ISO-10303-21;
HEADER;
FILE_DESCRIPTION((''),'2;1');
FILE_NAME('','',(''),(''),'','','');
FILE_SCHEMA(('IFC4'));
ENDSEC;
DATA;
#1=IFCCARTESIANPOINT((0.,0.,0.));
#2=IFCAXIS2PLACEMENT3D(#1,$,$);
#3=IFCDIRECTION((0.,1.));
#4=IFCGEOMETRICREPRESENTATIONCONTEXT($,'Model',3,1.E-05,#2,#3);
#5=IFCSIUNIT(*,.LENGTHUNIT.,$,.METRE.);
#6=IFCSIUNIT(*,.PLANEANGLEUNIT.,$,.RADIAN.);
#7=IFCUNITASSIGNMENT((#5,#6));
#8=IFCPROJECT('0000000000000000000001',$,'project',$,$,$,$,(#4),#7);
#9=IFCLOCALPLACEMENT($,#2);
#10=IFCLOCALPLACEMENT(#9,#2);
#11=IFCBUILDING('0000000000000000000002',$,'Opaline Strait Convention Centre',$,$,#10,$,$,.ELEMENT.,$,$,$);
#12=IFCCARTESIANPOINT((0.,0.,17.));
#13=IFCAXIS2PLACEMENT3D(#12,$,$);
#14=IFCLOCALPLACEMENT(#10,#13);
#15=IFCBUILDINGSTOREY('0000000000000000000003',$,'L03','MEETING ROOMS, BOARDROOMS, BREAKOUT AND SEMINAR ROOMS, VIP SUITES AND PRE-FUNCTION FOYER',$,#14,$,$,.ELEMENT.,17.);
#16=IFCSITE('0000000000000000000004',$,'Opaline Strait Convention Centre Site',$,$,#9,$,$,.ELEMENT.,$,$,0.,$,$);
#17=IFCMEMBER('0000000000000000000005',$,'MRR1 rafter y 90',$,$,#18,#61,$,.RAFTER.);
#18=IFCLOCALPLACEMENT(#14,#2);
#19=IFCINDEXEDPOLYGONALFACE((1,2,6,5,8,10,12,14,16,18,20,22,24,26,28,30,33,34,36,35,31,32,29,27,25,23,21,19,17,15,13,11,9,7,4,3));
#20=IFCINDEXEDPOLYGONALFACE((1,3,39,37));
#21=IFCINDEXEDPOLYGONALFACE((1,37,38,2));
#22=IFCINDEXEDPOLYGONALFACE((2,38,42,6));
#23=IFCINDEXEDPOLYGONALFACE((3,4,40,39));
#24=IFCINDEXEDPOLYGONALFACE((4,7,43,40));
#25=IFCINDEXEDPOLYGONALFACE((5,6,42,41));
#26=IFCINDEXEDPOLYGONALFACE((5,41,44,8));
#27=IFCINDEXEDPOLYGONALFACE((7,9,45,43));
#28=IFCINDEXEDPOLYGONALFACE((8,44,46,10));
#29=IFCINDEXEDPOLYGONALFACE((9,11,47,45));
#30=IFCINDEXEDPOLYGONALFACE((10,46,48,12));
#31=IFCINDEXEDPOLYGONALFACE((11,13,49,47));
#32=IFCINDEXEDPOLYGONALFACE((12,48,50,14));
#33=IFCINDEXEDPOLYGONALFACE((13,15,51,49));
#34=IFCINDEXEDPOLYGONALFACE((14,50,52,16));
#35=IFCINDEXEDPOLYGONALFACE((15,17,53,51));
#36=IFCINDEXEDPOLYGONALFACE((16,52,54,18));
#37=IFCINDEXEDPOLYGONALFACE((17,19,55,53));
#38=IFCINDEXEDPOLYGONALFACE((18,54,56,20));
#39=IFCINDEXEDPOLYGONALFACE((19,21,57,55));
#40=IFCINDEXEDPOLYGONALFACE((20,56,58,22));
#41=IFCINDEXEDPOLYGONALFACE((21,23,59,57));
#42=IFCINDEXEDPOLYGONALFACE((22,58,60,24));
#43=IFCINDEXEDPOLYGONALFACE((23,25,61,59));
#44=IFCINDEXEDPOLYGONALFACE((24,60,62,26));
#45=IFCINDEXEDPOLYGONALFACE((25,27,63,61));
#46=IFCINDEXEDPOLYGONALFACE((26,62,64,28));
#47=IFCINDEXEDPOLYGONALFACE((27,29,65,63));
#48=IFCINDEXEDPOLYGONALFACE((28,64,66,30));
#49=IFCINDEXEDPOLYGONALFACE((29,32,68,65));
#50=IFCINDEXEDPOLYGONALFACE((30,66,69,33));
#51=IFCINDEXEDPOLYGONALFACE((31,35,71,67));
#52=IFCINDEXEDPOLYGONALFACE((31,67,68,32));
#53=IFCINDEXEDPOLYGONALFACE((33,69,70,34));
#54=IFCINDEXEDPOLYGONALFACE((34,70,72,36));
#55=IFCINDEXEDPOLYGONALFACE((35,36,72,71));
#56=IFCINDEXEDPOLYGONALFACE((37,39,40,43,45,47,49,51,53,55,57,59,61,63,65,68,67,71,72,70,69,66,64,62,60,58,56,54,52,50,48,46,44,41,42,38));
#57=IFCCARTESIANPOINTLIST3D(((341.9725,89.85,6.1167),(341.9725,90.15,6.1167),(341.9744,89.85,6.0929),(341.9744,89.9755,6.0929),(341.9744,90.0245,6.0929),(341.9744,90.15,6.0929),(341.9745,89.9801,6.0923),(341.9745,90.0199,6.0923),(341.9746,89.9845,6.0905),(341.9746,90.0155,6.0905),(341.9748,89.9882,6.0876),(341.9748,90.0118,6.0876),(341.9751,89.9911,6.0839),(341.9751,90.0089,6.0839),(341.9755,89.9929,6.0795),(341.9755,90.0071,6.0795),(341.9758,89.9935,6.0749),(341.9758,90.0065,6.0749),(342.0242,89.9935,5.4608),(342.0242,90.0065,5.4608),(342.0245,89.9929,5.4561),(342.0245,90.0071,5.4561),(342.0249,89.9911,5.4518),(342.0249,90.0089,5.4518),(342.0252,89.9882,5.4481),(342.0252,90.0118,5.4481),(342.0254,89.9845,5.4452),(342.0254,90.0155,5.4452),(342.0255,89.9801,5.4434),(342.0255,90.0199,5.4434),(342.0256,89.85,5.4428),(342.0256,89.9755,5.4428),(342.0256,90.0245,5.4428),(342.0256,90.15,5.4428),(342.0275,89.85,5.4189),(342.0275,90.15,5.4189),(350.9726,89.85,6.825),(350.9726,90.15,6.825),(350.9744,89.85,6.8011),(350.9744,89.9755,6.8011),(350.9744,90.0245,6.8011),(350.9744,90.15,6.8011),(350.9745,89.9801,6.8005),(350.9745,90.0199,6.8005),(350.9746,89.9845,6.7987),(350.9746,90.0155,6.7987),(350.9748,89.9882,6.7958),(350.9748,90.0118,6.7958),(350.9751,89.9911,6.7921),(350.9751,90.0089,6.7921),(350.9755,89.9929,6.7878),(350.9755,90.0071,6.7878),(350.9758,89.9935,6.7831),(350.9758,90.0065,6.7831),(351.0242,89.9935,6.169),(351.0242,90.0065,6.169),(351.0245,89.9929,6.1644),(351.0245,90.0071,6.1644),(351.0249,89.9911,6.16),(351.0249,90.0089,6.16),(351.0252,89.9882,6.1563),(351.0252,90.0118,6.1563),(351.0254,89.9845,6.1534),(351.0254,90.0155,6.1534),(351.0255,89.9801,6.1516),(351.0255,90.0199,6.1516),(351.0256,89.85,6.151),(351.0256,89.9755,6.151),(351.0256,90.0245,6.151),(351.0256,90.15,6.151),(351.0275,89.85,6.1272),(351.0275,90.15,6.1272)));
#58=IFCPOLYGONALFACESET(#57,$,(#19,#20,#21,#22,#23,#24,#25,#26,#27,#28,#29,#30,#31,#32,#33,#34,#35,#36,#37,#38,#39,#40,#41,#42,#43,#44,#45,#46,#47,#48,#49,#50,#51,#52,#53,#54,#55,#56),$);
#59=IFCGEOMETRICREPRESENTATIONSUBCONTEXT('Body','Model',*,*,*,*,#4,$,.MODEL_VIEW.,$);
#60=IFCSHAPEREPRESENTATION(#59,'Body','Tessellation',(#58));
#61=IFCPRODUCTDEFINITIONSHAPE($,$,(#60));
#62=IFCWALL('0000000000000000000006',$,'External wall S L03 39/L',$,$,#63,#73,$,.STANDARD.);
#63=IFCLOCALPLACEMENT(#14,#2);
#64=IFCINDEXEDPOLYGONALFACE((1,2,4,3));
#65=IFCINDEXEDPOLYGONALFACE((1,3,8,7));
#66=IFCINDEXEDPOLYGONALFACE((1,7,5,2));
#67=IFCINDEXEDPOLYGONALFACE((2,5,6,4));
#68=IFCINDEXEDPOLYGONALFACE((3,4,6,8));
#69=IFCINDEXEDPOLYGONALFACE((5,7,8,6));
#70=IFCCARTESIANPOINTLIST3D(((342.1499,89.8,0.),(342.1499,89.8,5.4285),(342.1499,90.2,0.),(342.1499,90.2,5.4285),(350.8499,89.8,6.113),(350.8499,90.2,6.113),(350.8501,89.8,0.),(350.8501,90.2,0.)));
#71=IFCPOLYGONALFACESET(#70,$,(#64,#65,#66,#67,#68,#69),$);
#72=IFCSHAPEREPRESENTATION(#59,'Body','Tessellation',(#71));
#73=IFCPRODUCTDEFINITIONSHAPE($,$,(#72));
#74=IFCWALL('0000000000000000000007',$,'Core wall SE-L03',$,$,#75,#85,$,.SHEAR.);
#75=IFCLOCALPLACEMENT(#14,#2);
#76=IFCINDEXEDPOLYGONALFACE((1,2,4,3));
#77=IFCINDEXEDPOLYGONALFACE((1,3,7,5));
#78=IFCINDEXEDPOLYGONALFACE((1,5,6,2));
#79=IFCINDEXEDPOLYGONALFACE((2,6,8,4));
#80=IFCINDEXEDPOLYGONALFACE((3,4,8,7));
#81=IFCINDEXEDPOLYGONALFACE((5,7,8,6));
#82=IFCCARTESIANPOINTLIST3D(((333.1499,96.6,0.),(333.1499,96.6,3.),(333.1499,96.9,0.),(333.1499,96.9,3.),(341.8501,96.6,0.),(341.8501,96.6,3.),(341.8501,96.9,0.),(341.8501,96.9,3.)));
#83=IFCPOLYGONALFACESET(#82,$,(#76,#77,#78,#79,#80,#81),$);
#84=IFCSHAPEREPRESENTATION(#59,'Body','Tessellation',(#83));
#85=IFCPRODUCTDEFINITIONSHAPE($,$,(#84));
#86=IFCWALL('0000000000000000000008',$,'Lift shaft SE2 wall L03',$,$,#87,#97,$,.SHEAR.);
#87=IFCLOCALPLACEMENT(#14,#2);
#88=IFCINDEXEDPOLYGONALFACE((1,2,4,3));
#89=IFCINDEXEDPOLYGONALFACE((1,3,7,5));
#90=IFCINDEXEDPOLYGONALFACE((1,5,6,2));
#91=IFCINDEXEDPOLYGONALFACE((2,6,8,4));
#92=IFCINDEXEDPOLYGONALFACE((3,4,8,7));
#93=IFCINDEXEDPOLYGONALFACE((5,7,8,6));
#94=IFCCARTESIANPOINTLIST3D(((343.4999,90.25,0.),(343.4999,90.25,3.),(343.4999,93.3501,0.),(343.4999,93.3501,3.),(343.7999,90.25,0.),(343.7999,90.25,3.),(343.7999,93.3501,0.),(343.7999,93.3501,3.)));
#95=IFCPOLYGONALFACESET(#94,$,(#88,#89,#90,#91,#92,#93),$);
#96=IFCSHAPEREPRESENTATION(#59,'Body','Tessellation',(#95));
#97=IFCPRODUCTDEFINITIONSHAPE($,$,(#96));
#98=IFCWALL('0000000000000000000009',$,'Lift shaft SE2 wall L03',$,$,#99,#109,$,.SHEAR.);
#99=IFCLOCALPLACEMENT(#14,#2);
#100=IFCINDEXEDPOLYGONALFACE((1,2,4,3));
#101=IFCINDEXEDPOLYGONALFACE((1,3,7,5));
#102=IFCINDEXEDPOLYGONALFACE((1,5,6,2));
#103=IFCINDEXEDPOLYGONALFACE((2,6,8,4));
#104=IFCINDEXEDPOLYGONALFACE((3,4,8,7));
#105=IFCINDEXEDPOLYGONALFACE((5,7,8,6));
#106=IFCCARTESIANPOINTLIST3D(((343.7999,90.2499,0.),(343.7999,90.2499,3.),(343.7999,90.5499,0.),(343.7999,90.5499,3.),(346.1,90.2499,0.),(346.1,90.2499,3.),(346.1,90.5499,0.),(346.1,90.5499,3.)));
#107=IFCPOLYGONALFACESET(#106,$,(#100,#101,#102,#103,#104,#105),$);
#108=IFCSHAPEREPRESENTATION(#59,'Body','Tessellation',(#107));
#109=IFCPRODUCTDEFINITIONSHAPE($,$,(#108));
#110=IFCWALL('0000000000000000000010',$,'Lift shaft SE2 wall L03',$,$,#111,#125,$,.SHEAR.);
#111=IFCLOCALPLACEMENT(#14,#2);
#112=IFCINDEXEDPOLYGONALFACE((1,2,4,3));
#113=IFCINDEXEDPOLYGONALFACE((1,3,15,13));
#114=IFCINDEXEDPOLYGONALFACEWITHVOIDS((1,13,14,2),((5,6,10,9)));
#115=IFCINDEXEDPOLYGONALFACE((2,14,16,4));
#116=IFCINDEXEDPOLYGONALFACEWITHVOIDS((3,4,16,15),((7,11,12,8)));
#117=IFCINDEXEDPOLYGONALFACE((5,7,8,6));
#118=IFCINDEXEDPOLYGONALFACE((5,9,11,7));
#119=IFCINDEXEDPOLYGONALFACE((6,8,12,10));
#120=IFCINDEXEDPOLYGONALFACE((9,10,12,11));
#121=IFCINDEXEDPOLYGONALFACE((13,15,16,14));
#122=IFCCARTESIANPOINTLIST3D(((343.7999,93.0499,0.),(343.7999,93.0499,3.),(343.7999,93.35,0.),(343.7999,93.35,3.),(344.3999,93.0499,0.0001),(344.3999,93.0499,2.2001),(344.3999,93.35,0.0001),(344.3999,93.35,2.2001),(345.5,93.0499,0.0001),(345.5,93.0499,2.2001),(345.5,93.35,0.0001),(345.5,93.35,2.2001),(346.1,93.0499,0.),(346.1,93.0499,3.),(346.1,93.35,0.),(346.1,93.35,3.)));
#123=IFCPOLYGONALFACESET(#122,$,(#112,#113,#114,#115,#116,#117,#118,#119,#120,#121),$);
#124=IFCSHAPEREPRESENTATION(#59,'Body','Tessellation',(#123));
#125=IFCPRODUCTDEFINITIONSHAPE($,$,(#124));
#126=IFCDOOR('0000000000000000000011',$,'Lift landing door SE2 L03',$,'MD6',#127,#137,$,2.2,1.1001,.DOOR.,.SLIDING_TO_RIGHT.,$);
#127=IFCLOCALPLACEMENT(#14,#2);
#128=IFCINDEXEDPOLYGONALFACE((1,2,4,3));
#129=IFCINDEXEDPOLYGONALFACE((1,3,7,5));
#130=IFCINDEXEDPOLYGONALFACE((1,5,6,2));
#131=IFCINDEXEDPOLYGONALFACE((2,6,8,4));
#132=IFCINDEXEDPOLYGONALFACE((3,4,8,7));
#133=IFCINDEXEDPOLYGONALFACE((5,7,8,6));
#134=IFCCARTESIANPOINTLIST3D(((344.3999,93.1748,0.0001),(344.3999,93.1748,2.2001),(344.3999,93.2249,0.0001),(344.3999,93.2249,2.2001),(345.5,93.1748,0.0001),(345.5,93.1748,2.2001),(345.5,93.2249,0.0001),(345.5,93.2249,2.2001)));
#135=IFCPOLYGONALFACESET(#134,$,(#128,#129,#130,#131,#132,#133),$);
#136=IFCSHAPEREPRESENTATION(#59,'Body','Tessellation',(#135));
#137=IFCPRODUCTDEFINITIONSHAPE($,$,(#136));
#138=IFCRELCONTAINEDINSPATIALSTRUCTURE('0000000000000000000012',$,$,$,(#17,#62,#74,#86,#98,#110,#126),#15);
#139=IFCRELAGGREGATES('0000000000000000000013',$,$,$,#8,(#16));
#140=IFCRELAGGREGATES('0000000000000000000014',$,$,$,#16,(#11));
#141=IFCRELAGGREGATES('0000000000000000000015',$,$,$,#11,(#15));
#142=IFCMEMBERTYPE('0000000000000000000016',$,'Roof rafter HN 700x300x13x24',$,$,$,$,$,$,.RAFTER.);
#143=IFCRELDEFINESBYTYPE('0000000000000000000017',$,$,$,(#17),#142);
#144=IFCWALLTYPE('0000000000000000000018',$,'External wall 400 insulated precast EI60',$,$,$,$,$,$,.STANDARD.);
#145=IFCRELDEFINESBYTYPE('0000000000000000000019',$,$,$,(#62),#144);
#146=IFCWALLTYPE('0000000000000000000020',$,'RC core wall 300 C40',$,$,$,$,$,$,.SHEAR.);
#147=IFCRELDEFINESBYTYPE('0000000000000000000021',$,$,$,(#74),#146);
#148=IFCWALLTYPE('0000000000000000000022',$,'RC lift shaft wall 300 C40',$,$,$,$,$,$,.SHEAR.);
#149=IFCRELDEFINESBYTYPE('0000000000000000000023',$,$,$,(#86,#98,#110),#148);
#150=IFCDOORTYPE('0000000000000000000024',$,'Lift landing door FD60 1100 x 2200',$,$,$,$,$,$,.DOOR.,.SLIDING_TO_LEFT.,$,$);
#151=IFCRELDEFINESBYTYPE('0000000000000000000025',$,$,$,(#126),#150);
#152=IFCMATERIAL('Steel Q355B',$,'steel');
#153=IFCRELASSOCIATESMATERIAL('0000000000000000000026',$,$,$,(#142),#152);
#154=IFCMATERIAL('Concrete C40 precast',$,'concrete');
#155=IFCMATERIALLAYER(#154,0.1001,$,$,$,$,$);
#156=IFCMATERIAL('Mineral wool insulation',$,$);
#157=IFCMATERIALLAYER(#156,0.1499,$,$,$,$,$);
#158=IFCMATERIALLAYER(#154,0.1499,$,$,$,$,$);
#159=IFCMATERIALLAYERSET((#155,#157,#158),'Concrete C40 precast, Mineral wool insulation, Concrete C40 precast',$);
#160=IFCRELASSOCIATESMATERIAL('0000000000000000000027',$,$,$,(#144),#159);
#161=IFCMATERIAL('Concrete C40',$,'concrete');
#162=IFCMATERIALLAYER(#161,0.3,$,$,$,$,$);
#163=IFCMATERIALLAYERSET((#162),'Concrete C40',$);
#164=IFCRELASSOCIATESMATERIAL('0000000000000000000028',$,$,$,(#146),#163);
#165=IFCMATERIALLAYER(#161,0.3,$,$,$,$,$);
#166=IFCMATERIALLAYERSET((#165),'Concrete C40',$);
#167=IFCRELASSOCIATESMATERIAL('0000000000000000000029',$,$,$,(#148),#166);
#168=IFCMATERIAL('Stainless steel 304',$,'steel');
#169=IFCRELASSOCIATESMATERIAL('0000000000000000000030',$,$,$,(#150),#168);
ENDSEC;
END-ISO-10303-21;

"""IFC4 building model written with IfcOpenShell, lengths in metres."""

from ifc_helpers import new_model, si_unit, direction, frame, frame_2d, origin, origin_2d, place, context, subcontext, project, spatial, polyline, rectangle, i_section, outline, extrude, material, layer, layer_set, material_profile, profile_set, type_object, element, fill, save


model = new_model("IFC4")

# Units and contexts
model_context = context("Model", 3, precision=1e-05, world=origin(), true_north=direction((0.0, 1.0)))
body_context = subcontext(model_context, "Body", "Model", "MODEL_VIEW")
ifc_project = project(units=[si_unit("LENGTHUNIT", "METRE"), si_unit("PLANEANGLEUNIT", "RADIAN")], contexts=[model_context])

# Site, building, storey
site_placement = place(None, origin())
site = spatial("IfcSite", under=ifc_project, at=site_placement, Name="Opaline Strait Convention Centre Site", CompositionType="ELEMENT", RefElevation=0.0)
building_placement = place(site_placement, origin())
building = spatial("IfcBuilding", under=site, at=building_placement, Name="Opaline Strait Convention Centre", CompositionType="ELEMENT")
storey_placement = place(building_placement, frame((0.0, 0.0, 17.0)))
storey = spatial("IfcBuildingStorey", under=building, at=storey_placement, Name="L03", Description="MEETING ROOMS, BOARDROOMS, BREAKOUT AND SEMINAR ROOMS, VIP SUITES AND PRE-FUNCTION FOYER", CompositionType="ELEMENT", Elevation=17.0)

# Shared definitions
ifc_material_1 = material(Name="Steel Q355B", Category="steel")

# Member
ifc_material_profile_1 = material_profile(ifc_material_1, i_section(OverallWidth=0.3, OverallDepth=0.7, WebThickness=0.0129, FlangeThickness=0.0239, FilletRadius=0.0181, at=origin_2d()), Name="HN 700x300x13x24")
ifc_profile_set_1 = profile_set([ifc_material_profile_1], Name="Steel Q355B")
member_type_1 = type_object("IfcMemberType", Name="Roof rafter HN 700x300x13x24", PredefinedType="RAFTER", material=ifc_profile_set_1)
member_placement = place(storey_placement, frame((342.0, 90.0, 5.7678), z_axis=(0.996918, 0.0, 0.078452), x_axis=(0.0, 1.0, 0.0)))
element("IfcMember", 1, at=member_placement, inside=storey, type_object=member_type_1, Name="MRR1 rafter y 90", PredefinedType="RAFTER", context=body_context, shape_type="SweptSolid", body=[
    extrude(i_section(OverallWidth=0.3, OverallDepth=0.7, WebThickness=0.0129, FlangeThickness=0.0239, FilletRadius=0.0181, at=origin_2d()), origin(), (0.0, 0.0, 1.0), 9.0278),
])

# Wall
ifc_material_2 = material(Name="Concrete C40 precast", Category="concrete")
ifc_layer_1 = layer(ifc_material_2, 0.1001)
ifc_material_3 = material(Name="Mineral wool insulation")
ifc_layer_2 = layer(ifc_material_3, 0.1499)
ifc_layer_3 = layer(ifc_material_2, 0.1499)
ifc_layer_set_1 = layer_set([ifc_layer_1, ifc_layer_2, ifc_layer_3], Name="Concrete C40 precast, Mineral wool insulation, Concrete C40 precast")
wall_type_1 = type_object("IfcWallType", Name="External wall 400 insulated precast EI60", PredefinedType="STANDARD", material=ifc_layer_set_1)
wall_1_placement = place(storey_placement, frame((342.1499, 90.0, 0.0), z_axis=(0.0, 0.0, 1.0), x_axis=(1.0, 0.0, 0.0)))
element("IfcWall", 2, at=wall_1_placement, inside=storey, type_object=wall_type_1, Name="External wall S L03 39/L", PredefinedType="STANDARD", context=body_context, shape_type="SweptSolid", body=[
    extrude(outline(polyline([(0.0, 0.0), (8.7002, 0.0), (8.7, 6.113), (0.0, 5.4285), (0.0, 0.0)])), frame((0.0, 0.2, 0.0), z_axis=(0.0, -1.0, 0.0), x_axis=(1.0, 0.0, 0.0)), (0.0, 0.0, 1.0), 0.3999),
])

# Shared definitions
ifc_material_4 = material(Name="Concrete C40", Category="concrete")
ifc_layer_4 = layer(ifc_material_4, 0.3)
ifc_layer_set_2 = layer_set([ifc_layer_4], Name="Concrete C40")
wall_type_2 = type_object("IfcWallType", Name="RC core wall 300 C40", PredefinedType="SHEAR", material=ifc_layer_set_2)

# Wall
wall_2_placement = place(storey_placement, frame((333.1499, 96.75, 0.0), z_axis=(0.0, 0.0, 1.0), x_axis=(1.0, 0.0, 0.0)))
element("IfcWall", 3, at=wall_2_placement, inside=storey, type_object=wall_type_2, Name="Core wall SE-L03", PredefinedType="SHEAR", context=body_context, shape_type="SweptSolid", body=[
    extrude(rectangle(XDim=8.7002, YDim=0.3, at=frame_2d((4.3501, 0.0))), origin(), (0.0, 0.0, 1.0), 3.0),
])

# Walls
ifc_layer_5 = layer(ifc_material_4, 0.3)
ifc_layer_set_3 = layer_set([ifc_layer_5], Name="Concrete C40")
wall_type_3 = type_object("IfcWallType", Name="RC lift shaft wall 300 C40", PredefinedType="SHEAR", material=ifc_layer_set_3)
wall_3_placement = place(storey_placement, frame((343.6499, 90.25, 0.0), z_axis=(0.0, 0.0, 1.0), x_axis=(0.0, 1.0, 0.0)))
element("IfcWall", 4, at=wall_3_placement, inside=storey, type_object=wall_type_3, Name="Lift shaft SE2 wall L03", PredefinedType="SHEAR", context=body_context, shape_type="SweptSolid", body=[
    extrude(rectangle(XDim=3.1001, YDim=0.3, at=frame_2d((1.55, 0.0))), origin(), (0.0, 0.0, 1.0), 3.0),
])
wall_4_placement = place(storey_placement, frame((343.8, 90.3999, 0.0), z_axis=(0.0, 0.0, 1.0), x_axis=(1.0, 0.0, 0.0)))
element("IfcWall", 5, at=wall_4_placement, inside=storey, type_object=wall_type_3, Name="Lift shaft SE2 wall L03", PredefinedType="SHEAR", context=body_context, shape_type="SweptSolid", body=[
    extrude(rectangle(XDim=2.3, YDim=0.3, at=frame_2d((1.1499, 0.0))), origin(), (0.0, 0.0, 1.0), 3.0),
])

# Wall, opening, door
wall_5_placement = place(storey_placement, frame((343.8, 93.2, 0.0), z_axis=(0.0, 0.0, 1.0), x_axis=(1.0, 0.0, 0.0)))
wall_5 = element("IfcWall", 6, at=wall_5_placement, inside=storey, type_object=wall_type_3, Name="Lift shaft SE2 wall L03", PredefinedType="SHEAR", context=body_context, shape_type="SweptSolid", body=[
    extrude(rectangle(XDim=2.3, YDim=0.3, at=frame_2d((1.1499, 0.0))), origin(), (0.0, 0.0, 1.0), 3.0),
])
opening_1_placement = place(wall_5_placement, frame((0.5999, 0.0, 0.0)))
opening_1 = element("IfcOpeningElement", 7, at=opening_1_placement, cuts=wall_5, PredefinedType="OPENING", context=body_context, shape_type="SweptSolid", body=[
    extrude(rectangle(XDim=1.1001, YDim=2.2, at=frame_2d((0.55, 1.1001))), frame((0.0, 0.1599, 0.0), z_axis=(0.0, -1.0, 0.0), x_axis=(1.0, 0.0, 0.0)), (0.0, 0.0, 1.0), 0.3201),
])
ifc_material_5 = material(Name="Stainless steel 304", Category="steel")
door_type_1 = type_object("IfcDoorType", Name="Lift landing door FD60 1100 x 2200", OperationType="SLIDING_TO_LEFT", PredefinedType="DOOR", material=ifc_material_5)
door_1_placement = place(opening_1_placement, origin())
door_1 = element("IfcDoor", 8, at=door_1_placement, inside=storey, type_object=door_type_1, Name="Lift landing door SE2 L03", ObjectType="MD6", OperationType="SLIDING_TO_RIGHT", OverallHeight=2.2, OverallWidth=1.1001, PredefinedType="DOOR", context=body_context, shape_type="SweptSolid", body=[
    extrude(rectangle(XDim=1.1001, YDim=2.2, at=frame_2d((0.55, 1.1001))), frame((0.0, 0.0249, 0.0), z_axis=(0.0, -1.0, 0.0), x_axis=(1.0, 0.0, 0.0)), (0.0, 0.0, 1.0), 0.05),
])
fill(opening_1, door_1)

save(model, "model.ifc")
